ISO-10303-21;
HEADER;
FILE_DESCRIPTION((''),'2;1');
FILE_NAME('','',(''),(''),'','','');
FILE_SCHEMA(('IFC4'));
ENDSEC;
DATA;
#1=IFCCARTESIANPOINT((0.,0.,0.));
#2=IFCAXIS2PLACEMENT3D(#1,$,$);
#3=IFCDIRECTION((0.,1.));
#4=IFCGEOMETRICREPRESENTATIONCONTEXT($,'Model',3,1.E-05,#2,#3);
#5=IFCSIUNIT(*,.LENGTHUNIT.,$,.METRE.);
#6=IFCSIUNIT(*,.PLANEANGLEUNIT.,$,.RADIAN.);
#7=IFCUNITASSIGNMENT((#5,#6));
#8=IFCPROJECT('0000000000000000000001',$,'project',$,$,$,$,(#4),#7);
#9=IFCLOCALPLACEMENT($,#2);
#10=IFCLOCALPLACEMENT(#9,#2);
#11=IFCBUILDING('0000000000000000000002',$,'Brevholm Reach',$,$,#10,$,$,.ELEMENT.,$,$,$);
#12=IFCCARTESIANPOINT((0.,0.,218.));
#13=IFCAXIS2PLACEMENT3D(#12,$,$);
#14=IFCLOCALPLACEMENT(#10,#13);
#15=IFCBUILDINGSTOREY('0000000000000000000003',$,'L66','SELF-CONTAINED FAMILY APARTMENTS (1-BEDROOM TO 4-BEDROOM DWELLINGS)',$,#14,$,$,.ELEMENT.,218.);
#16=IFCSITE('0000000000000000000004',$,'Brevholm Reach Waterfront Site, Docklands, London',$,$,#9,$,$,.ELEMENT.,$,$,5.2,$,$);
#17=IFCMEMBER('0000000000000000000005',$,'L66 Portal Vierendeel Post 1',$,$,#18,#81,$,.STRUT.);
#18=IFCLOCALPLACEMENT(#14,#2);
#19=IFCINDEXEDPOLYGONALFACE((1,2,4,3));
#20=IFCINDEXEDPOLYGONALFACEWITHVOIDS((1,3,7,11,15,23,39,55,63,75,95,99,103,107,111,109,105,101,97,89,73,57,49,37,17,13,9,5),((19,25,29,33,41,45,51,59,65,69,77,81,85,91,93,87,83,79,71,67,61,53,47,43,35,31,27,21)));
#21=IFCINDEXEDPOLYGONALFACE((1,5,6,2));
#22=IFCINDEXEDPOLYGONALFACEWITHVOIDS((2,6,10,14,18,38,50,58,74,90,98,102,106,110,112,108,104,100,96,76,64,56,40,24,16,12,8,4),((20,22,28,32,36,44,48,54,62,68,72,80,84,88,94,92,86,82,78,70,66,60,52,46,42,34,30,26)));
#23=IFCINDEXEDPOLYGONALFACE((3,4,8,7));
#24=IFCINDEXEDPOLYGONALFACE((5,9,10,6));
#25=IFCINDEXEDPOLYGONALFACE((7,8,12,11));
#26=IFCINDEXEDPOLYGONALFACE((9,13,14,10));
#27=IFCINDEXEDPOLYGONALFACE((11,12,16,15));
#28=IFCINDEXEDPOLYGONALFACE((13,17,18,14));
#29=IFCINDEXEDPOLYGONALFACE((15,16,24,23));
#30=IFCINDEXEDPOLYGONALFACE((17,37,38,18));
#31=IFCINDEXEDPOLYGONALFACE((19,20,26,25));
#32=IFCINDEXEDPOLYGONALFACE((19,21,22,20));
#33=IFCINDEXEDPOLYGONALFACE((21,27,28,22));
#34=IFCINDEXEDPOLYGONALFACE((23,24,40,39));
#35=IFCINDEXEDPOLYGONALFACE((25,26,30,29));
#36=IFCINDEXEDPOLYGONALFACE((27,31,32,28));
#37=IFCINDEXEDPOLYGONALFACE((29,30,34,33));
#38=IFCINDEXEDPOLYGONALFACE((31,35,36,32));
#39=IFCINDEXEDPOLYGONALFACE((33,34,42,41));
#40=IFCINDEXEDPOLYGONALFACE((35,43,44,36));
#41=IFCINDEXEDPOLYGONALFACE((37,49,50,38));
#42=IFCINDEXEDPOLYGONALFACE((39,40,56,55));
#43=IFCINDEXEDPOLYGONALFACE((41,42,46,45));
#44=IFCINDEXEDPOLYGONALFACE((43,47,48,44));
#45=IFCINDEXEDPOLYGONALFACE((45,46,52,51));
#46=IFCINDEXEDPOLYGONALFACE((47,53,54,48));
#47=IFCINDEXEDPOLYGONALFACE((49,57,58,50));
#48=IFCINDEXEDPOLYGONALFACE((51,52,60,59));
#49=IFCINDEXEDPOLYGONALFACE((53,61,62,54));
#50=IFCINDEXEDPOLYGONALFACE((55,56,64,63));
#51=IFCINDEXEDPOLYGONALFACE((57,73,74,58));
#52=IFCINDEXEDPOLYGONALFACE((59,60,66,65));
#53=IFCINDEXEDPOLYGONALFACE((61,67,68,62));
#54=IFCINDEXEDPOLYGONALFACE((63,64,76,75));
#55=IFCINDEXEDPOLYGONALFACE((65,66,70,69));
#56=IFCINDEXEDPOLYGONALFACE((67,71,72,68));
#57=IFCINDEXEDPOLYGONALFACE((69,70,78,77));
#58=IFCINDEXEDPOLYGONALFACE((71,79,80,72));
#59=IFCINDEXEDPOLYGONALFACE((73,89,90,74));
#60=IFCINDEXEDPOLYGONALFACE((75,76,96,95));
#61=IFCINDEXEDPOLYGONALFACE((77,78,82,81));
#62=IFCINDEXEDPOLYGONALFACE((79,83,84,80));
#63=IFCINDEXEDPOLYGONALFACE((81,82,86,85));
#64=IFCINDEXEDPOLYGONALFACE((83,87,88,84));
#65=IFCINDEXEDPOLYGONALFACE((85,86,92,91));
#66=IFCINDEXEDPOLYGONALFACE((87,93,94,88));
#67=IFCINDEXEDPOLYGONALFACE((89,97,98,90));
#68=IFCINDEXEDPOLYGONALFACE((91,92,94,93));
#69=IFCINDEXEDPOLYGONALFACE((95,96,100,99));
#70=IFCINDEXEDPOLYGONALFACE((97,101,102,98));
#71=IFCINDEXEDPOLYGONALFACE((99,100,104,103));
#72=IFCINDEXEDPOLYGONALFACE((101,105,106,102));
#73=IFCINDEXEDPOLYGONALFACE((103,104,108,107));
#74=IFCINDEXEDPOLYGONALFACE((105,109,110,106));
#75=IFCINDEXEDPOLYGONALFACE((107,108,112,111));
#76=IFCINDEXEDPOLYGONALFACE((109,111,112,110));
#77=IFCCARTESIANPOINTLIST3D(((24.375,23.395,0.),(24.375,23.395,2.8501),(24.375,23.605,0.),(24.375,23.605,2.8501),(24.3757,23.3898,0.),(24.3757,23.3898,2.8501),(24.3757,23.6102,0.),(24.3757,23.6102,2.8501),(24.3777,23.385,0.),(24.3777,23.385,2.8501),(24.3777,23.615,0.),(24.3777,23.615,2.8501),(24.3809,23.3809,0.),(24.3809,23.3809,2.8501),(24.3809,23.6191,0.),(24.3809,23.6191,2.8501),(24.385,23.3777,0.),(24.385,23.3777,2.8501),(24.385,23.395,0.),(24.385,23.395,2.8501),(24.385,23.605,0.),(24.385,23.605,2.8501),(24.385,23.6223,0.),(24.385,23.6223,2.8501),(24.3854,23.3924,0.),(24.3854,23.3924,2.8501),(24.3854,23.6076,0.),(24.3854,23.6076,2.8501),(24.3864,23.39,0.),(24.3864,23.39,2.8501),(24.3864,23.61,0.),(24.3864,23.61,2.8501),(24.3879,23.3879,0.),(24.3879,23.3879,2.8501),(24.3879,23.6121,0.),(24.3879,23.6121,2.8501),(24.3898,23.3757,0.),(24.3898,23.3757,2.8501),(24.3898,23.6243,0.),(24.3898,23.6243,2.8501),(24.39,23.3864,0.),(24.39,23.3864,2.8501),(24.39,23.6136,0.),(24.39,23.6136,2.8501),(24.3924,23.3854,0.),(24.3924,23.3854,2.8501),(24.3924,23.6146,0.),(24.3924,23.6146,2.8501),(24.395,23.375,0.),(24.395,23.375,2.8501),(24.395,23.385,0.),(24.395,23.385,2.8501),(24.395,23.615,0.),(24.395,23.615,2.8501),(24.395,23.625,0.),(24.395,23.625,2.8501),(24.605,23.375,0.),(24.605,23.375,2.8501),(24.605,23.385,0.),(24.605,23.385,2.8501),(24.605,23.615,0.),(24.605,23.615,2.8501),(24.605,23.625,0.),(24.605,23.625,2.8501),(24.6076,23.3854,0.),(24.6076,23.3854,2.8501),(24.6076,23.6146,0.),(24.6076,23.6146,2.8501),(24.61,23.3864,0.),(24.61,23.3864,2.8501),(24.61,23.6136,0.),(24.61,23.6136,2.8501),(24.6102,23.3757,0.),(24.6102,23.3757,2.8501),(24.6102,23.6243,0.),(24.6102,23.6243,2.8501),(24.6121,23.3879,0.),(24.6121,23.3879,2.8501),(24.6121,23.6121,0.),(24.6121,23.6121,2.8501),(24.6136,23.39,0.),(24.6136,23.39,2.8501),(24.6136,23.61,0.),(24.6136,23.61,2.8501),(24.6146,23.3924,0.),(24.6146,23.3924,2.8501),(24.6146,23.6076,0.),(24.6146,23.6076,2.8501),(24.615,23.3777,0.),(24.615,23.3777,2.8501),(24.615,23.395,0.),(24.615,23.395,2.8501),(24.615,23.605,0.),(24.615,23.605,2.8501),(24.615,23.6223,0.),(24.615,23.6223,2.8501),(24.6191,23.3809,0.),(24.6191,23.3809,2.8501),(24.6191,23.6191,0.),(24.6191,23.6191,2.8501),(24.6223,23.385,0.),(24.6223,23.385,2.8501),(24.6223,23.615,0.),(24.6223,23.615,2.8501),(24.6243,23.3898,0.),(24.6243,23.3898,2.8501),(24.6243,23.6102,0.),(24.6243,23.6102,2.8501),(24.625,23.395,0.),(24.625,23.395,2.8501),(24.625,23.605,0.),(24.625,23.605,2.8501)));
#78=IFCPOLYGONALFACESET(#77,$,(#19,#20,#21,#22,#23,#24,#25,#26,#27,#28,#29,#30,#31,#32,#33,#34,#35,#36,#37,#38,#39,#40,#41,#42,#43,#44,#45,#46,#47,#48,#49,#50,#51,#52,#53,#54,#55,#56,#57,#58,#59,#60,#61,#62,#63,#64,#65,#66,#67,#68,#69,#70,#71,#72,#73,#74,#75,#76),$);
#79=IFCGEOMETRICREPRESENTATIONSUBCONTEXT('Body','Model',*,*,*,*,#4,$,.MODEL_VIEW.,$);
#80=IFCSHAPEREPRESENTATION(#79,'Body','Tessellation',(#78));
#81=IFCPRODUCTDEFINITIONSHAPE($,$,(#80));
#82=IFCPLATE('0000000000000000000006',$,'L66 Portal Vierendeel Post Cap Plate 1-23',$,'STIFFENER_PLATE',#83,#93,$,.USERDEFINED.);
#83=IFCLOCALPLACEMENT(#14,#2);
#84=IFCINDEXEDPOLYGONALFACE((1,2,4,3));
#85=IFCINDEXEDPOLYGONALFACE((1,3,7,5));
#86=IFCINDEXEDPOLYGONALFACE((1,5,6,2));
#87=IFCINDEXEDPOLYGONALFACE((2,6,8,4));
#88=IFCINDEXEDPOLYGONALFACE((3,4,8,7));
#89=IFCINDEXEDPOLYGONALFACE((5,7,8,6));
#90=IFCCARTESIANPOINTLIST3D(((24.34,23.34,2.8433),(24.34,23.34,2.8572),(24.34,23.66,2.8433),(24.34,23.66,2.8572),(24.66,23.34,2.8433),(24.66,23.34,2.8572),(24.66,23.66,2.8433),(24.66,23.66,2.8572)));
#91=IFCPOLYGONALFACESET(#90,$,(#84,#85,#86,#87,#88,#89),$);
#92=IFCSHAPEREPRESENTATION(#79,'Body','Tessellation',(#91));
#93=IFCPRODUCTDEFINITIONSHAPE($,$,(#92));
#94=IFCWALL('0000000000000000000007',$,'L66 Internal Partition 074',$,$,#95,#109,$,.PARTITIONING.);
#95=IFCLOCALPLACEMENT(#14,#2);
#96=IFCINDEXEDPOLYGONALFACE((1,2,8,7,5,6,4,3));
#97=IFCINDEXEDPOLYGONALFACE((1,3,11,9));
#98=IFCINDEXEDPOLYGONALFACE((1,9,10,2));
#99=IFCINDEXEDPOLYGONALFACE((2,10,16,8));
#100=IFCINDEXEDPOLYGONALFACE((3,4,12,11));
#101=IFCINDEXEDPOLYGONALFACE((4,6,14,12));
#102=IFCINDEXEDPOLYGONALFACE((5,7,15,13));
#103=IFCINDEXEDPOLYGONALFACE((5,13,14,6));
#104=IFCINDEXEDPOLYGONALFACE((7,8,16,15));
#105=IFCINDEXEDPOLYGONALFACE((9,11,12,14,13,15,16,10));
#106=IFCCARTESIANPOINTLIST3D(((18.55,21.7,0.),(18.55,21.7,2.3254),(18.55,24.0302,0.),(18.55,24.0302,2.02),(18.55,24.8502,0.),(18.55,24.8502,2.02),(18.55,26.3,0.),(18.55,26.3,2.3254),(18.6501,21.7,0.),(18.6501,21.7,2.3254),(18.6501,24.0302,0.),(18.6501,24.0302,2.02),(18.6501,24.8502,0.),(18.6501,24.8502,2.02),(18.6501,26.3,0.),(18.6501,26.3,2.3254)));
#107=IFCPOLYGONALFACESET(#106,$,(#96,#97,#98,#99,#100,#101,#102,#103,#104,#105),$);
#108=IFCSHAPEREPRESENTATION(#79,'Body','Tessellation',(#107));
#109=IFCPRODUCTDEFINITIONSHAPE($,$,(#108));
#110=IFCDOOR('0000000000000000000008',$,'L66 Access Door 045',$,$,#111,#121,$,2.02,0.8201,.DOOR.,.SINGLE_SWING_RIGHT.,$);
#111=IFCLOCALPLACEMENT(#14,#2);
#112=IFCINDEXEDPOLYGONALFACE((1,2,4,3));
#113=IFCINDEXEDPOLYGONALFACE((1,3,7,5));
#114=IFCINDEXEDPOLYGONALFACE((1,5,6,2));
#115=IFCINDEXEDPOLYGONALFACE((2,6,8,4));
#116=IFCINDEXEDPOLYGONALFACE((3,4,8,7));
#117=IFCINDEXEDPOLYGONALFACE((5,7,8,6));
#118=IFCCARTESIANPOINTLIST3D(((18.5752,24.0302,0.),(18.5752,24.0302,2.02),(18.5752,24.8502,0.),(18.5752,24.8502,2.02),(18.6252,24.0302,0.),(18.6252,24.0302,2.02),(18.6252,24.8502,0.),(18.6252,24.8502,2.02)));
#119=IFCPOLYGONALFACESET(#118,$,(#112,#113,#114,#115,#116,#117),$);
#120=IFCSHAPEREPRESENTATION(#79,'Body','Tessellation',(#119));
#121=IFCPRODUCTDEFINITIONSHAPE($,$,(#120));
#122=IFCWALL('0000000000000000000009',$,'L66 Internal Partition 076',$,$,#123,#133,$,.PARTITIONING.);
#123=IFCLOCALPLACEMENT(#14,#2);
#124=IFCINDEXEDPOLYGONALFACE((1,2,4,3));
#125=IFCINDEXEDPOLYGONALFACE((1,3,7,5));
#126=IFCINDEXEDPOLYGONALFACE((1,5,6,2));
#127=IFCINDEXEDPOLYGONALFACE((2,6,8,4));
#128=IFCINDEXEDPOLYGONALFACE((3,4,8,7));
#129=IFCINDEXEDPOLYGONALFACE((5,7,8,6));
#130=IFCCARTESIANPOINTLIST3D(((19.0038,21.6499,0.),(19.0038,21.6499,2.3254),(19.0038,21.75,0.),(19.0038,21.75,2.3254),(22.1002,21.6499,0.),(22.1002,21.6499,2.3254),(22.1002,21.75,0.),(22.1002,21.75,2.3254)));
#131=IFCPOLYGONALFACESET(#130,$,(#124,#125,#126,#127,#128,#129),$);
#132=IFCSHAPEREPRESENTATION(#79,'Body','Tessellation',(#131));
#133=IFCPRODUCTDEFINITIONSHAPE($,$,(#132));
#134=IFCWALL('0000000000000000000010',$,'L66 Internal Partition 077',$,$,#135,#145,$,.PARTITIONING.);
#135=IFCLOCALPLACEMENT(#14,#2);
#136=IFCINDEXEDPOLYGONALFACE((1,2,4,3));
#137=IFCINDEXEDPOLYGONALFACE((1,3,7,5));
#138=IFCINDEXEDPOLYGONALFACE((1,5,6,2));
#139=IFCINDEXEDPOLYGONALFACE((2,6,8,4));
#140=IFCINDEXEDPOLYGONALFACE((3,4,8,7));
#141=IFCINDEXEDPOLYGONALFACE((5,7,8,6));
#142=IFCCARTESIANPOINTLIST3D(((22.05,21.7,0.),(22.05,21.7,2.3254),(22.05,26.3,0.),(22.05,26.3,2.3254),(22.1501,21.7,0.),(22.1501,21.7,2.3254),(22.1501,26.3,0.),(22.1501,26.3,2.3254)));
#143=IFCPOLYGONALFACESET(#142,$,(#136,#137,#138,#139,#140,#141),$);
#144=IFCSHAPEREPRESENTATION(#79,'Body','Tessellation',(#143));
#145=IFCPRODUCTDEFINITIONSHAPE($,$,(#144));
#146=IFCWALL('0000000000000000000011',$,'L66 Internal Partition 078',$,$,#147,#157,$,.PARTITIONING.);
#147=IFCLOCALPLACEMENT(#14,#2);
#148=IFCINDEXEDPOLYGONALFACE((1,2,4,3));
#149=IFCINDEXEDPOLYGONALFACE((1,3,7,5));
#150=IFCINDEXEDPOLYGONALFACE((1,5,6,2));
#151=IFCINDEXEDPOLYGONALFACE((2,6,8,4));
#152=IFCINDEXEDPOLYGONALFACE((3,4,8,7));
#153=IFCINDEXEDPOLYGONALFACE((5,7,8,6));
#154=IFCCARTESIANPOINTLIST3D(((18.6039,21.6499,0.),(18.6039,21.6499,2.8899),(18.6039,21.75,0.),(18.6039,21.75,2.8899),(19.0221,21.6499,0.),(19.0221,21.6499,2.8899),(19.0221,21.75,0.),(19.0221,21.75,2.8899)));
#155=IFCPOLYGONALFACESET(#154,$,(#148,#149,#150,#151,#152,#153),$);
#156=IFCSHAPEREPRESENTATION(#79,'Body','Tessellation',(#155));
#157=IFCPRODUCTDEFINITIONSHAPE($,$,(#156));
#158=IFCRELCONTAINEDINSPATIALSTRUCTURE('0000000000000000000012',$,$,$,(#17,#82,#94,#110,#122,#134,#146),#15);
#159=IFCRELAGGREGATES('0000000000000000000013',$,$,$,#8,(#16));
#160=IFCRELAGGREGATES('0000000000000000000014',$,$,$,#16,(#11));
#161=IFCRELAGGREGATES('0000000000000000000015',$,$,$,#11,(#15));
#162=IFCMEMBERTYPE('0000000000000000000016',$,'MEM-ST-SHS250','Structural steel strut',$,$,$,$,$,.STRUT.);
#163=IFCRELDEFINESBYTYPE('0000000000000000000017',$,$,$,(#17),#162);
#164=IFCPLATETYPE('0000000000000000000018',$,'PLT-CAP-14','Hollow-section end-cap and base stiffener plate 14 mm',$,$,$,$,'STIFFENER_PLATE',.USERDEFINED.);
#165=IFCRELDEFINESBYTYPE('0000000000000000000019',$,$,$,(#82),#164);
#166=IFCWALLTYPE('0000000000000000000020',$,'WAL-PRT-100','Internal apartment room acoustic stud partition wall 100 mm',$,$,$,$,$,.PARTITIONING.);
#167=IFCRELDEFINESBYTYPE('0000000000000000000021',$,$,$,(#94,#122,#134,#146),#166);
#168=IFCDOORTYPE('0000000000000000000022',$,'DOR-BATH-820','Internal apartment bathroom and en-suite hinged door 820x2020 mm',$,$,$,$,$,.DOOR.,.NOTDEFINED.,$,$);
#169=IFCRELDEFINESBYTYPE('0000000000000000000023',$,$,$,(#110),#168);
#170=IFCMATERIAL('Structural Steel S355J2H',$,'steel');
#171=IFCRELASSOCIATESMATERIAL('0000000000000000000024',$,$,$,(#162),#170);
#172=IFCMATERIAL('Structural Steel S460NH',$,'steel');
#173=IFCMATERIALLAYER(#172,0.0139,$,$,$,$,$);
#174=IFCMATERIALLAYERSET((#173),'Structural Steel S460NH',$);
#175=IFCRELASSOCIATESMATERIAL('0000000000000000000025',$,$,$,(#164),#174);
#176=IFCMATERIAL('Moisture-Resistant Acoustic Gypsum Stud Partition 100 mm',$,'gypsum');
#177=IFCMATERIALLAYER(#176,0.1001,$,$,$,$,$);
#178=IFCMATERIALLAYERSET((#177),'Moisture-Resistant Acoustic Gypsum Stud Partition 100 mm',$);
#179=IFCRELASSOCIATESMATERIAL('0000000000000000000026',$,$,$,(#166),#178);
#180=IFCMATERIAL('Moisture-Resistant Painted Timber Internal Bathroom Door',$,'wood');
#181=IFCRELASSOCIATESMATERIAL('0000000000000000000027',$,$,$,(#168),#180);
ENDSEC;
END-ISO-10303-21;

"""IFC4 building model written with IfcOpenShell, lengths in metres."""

from ifc_helpers import new_model, si_unit, direction, frame, frame_2d, origin, origin_2d, place, context, subcontext, project, spatial, rectangle, hollow_rectangle, extrude, material, layer, layer_set, material_profile, profile_set, type_object, element, fill, save


model = new_model("IFC4")

# Units and contexts
model_context = context("Model", 3, precision=1e-05, world=origin(), true_north=direction((0.0, 1.0)))
body_context = subcontext(model_context, "Body", "Model", "MODEL_VIEW")
ifc_project = project(units=[si_unit("LENGTHUNIT", "METRE"), si_unit("PLANEANGLEUNIT", "RADIAN")], contexts=[model_context])

# Site, building, storey
site_placement = place(None, origin())
site = spatial("IfcSite", under=ifc_project, at=site_placement, Name="Brevholm Reach Waterfront Site, Docklands, London", CompositionType="ELEMENT", RefElevation=5.2)
building_placement = place(site_placement, origin())
building = spatial("IfcBuilding", under=site, at=building_placement, Name="Brevholm Reach", CompositionType="ELEMENT")
storey_placement = place(building_placement, frame((0.0, 0.0, 218.0)))
storey = spatial("IfcBuildingStorey", under=building, at=storey_placement, Name="L66", Description="SELF-CONTAINED FAMILY APARTMENTS (1-BEDROOM TO 4-BEDROOM DWELLINGS)", CompositionType="ELEMENT", Elevation=218.0)

# Member
ifc_material_1 = material(Name="Structural Steel S355J2H", Category="steel")
ifc_material_profile_1 = material_profile(ifc_material_1, hollow_rectangle(XDim=0.25, YDim=0.25, WallThickness=0.01, InnerFilletRadius=0.01, OuterFilletRadius=0.02, at=origin_2d()), Name="SHS 250x250x10")
ifc_profile_set_1 = profile_set([ifc_material_profile_1], Name="Structural Steel S355J2H")
member_type_1 = type_object("IfcMemberType", Name="MEM-ST-SHS250", Description="Structural steel strut", PredefinedType="STRUT", material=ifc_profile_set_1)
member_1_placement = place(storey_placement, frame((24.5, 23.5, 0.0), z_axis=(0.0, 0.0, 1.0), x_axis=(1.0, 0.0, 0.0)))
element("IfcMember", 1, at=member_1_placement, inside=storey, type_object=member_type_1, Name="L66 Portal Vierendeel Post 1", PredefinedType="STRUT", context=body_context, shape_type="SweptSolid", body=[
    extrude(hollow_rectangle(XDim=0.25, YDim=0.25, WallThickness=0.01, InnerFilletRadius=0.01, OuterFilletRadius=0.02, at=origin_2d()), origin(), (0.0, 0.0, 1.0), 2.8501),
])

# Plate
ifc_material_2 = material(Name="Structural Steel S460NH", Category="steel")
ifc_layer_1 = layer(ifc_material_2, 0.0139)
ifc_layer_set_1 = layer_set([ifc_layer_1], Name="Structural Steel S460NH")
plate_type = type_object("IfcPlateType", Name="PLT-CAP-14", Description="Hollow-section end-cap and base stiffener plate 14 mm", ElementType="STIFFENER_PLATE", PredefinedType="USERDEFINED", material=ifc_layer_set_1)
plate_placement = place(storey_placement, frame((24.5, 23.5, 2.8433), z_axis=(0.0, 0.0, 1.0), x_axis=(1.0, 0.0, 0.0)))
element("IfcPlate", 2, at=plate_placement, inside=storey, type_object=plate_type, Name="L66 Portal Vierendeel Post Cap Plate 1-23", ObjectType="STIFFENER_PLATE", PredefinedType="USERDEFINED", context=body_context, shape_type="SweptSolid", body=[
    extrude(rectangle(XDim=0.3201, YDim=0.3201, at=origin_2d()), origin(), (0.0, 0.0, 1.0), 0.0139),
])

# Wall, opening, door
ifc_material_3 = material(Name="Moisture-Resistant Acoustic Gypsum Stud Partition 100 mm", Category="gypsum")
ifc_layer_2 = layer(ifc_material_3, 0.1001)
ifc_layer_set_2 = layer_set([ifc_layer_2], Name="Moisture-Resistant Acoustic Gypsum Stud Partition 100 mm")
wall_type_1 = type_object("IfcWallType", Name="WAL-PRT-100", Description="Internal apartment room acoustic stud partition wall 100 mm", PredefinedType="PARTITIONING", material=ifc_layer_set_2)
wall_1_placement = place(storey_placement, frame((18.6001, 21.7, 0.0), z_axis=(0.0, 0.0, 1.0), x_axis=(0.0, 1.0, 0.0)))
wall_1 = element("IfcWall", 3, at=wall_1_placement, inside=storey, type_object=wall_type_1, Name="L66 Internal Partition 074", PredefinedType="PARTITIONING", context=body_context, shape_type="SweptSolid", body=[
    extrude(rectangle(XDim=4.6001, YDim=0.1001, at=frame_2d((2.3, 0.0))), origin(), (0.0, 0.0, 1.0), 2.3254),
])
opening_1_placement = place(wall_1_placement, frame((2.3301, 0.0, 0.0)))
opening_1 = element("IfcOpeningElement", 4, at=opening_1_placement, cuts=wall_1, PredefinedType="OPENING", context=body_context, shape_type="SweptSolid", body=[
    extrude(rectangle(XDim=0.8201, YDim=2.02, at=frame_2d((0.4102, 1.01))), frame((0.0, 0.0601, 0.0), z_axis=(0.0, -1.0, 0.0), x_axis=(1.0, 0.0, 0.0)), (0.0, 0.0, 1.0), 0.1201),
])
ifc_material_4 = material(Name="Moisture-Resistant Painted Timber Internal Bathroom Door", Category="wood")
door_type_1 = type_object("IfcDoorType", Name="DOR-BATH-820", Description="Internal apartment bathroom and en-suite hinged door 820x2020 mm", OperationType="NOTDEFINED", PredefinedType="DOOR", material=ifc_material_4)
door_1_placement = place(opening_1_placement, origin())
door_1 = element("IfcDoor", 5, at=door_1_placement, inside=storey, type_object=door_type_1, Name="L66 Access Door 045", OperationType="SINGLE_SWING_RIGHT", OverallHeight=2.02, OverallWidth=0.8201, PredefinedType="DOOR", context=body_context, shape_type="SweptSolid", body=[
    extrude(rectangle(XDim=0.8201, YDim=2.02, at=frame_2d((0.4102, 1.01))), frame((0.0, 0.0249, 0.0), z_axis=(0.0, -1.0, 0.0), x_axis=(1.0, 0.0, 0.0)), (0.0, 0.0, 1.0), 0.05),
])
fill(opening_1, door_1)

# Walls
wall_2_placement = place(storey_placement, frame((19.0037, 21.7, 0.0), z_axis=(0.0, 0.0, 1.0), x_axis=(1.0, 0.0, 0.0)))
element("IfcWall", 6, at=wall_2_placement, inside=storey, type_object=wall_type_1, Name="L66 Internal Partition 076", PredefinedType="PARTITIONING", context=body_context, shape_type="SweptSolid", body=[
    extrude(rectangle(XDim=3.0964, YDim=0.1001, at=frame_2d((1.5483, 0.0))), origin(), (0.0, 0.0, 1.0), 2.3254),
])
wall_3_placement = place(storey_placement, frame((22.1001, 21.7, 0.0), z_axis=(0.0, 0.0, 1.0), x_axis=(0.0, 1.0, 0.0)))
element("IfcWall", 7, at=wall_3_placement, inside=storey, type_object=wall_type_1, Name="L66 Internal Partition 077", PredefinedType="PARTITIONING", context=body_context, shape_type="SweptSolid", body=[
    extrude(rectangle(XDim=4.6001, YDim=0.1001, at=frame_2d((2.3, 0.0))), origin(), (0.0, 0.0, 1.0), 2.3254),
])
wall_4_placement = place(storey_placement, frame((18.604, 21.7, 0.0), z_axis=(0.0, 0.0, 1.0), x_axis=(1.0, 0.0, 0.0)))
element("IfcWall", 8, at=wall_4_placement, inside=storey, type_object=wall_type_1, Name="L66 Internal Partition 078", PredefinedType="PARTITIONING", context=body_context, shape_type="SweptSolid", body=[
    extrude(rectangle(XDim=0.4182, YDim=0.1001, at=frame_2d((0.209, 0.0))), origin(), (0.0, 0.0, 1.0), 2.8899),
])

save(model, "model.ifc")
